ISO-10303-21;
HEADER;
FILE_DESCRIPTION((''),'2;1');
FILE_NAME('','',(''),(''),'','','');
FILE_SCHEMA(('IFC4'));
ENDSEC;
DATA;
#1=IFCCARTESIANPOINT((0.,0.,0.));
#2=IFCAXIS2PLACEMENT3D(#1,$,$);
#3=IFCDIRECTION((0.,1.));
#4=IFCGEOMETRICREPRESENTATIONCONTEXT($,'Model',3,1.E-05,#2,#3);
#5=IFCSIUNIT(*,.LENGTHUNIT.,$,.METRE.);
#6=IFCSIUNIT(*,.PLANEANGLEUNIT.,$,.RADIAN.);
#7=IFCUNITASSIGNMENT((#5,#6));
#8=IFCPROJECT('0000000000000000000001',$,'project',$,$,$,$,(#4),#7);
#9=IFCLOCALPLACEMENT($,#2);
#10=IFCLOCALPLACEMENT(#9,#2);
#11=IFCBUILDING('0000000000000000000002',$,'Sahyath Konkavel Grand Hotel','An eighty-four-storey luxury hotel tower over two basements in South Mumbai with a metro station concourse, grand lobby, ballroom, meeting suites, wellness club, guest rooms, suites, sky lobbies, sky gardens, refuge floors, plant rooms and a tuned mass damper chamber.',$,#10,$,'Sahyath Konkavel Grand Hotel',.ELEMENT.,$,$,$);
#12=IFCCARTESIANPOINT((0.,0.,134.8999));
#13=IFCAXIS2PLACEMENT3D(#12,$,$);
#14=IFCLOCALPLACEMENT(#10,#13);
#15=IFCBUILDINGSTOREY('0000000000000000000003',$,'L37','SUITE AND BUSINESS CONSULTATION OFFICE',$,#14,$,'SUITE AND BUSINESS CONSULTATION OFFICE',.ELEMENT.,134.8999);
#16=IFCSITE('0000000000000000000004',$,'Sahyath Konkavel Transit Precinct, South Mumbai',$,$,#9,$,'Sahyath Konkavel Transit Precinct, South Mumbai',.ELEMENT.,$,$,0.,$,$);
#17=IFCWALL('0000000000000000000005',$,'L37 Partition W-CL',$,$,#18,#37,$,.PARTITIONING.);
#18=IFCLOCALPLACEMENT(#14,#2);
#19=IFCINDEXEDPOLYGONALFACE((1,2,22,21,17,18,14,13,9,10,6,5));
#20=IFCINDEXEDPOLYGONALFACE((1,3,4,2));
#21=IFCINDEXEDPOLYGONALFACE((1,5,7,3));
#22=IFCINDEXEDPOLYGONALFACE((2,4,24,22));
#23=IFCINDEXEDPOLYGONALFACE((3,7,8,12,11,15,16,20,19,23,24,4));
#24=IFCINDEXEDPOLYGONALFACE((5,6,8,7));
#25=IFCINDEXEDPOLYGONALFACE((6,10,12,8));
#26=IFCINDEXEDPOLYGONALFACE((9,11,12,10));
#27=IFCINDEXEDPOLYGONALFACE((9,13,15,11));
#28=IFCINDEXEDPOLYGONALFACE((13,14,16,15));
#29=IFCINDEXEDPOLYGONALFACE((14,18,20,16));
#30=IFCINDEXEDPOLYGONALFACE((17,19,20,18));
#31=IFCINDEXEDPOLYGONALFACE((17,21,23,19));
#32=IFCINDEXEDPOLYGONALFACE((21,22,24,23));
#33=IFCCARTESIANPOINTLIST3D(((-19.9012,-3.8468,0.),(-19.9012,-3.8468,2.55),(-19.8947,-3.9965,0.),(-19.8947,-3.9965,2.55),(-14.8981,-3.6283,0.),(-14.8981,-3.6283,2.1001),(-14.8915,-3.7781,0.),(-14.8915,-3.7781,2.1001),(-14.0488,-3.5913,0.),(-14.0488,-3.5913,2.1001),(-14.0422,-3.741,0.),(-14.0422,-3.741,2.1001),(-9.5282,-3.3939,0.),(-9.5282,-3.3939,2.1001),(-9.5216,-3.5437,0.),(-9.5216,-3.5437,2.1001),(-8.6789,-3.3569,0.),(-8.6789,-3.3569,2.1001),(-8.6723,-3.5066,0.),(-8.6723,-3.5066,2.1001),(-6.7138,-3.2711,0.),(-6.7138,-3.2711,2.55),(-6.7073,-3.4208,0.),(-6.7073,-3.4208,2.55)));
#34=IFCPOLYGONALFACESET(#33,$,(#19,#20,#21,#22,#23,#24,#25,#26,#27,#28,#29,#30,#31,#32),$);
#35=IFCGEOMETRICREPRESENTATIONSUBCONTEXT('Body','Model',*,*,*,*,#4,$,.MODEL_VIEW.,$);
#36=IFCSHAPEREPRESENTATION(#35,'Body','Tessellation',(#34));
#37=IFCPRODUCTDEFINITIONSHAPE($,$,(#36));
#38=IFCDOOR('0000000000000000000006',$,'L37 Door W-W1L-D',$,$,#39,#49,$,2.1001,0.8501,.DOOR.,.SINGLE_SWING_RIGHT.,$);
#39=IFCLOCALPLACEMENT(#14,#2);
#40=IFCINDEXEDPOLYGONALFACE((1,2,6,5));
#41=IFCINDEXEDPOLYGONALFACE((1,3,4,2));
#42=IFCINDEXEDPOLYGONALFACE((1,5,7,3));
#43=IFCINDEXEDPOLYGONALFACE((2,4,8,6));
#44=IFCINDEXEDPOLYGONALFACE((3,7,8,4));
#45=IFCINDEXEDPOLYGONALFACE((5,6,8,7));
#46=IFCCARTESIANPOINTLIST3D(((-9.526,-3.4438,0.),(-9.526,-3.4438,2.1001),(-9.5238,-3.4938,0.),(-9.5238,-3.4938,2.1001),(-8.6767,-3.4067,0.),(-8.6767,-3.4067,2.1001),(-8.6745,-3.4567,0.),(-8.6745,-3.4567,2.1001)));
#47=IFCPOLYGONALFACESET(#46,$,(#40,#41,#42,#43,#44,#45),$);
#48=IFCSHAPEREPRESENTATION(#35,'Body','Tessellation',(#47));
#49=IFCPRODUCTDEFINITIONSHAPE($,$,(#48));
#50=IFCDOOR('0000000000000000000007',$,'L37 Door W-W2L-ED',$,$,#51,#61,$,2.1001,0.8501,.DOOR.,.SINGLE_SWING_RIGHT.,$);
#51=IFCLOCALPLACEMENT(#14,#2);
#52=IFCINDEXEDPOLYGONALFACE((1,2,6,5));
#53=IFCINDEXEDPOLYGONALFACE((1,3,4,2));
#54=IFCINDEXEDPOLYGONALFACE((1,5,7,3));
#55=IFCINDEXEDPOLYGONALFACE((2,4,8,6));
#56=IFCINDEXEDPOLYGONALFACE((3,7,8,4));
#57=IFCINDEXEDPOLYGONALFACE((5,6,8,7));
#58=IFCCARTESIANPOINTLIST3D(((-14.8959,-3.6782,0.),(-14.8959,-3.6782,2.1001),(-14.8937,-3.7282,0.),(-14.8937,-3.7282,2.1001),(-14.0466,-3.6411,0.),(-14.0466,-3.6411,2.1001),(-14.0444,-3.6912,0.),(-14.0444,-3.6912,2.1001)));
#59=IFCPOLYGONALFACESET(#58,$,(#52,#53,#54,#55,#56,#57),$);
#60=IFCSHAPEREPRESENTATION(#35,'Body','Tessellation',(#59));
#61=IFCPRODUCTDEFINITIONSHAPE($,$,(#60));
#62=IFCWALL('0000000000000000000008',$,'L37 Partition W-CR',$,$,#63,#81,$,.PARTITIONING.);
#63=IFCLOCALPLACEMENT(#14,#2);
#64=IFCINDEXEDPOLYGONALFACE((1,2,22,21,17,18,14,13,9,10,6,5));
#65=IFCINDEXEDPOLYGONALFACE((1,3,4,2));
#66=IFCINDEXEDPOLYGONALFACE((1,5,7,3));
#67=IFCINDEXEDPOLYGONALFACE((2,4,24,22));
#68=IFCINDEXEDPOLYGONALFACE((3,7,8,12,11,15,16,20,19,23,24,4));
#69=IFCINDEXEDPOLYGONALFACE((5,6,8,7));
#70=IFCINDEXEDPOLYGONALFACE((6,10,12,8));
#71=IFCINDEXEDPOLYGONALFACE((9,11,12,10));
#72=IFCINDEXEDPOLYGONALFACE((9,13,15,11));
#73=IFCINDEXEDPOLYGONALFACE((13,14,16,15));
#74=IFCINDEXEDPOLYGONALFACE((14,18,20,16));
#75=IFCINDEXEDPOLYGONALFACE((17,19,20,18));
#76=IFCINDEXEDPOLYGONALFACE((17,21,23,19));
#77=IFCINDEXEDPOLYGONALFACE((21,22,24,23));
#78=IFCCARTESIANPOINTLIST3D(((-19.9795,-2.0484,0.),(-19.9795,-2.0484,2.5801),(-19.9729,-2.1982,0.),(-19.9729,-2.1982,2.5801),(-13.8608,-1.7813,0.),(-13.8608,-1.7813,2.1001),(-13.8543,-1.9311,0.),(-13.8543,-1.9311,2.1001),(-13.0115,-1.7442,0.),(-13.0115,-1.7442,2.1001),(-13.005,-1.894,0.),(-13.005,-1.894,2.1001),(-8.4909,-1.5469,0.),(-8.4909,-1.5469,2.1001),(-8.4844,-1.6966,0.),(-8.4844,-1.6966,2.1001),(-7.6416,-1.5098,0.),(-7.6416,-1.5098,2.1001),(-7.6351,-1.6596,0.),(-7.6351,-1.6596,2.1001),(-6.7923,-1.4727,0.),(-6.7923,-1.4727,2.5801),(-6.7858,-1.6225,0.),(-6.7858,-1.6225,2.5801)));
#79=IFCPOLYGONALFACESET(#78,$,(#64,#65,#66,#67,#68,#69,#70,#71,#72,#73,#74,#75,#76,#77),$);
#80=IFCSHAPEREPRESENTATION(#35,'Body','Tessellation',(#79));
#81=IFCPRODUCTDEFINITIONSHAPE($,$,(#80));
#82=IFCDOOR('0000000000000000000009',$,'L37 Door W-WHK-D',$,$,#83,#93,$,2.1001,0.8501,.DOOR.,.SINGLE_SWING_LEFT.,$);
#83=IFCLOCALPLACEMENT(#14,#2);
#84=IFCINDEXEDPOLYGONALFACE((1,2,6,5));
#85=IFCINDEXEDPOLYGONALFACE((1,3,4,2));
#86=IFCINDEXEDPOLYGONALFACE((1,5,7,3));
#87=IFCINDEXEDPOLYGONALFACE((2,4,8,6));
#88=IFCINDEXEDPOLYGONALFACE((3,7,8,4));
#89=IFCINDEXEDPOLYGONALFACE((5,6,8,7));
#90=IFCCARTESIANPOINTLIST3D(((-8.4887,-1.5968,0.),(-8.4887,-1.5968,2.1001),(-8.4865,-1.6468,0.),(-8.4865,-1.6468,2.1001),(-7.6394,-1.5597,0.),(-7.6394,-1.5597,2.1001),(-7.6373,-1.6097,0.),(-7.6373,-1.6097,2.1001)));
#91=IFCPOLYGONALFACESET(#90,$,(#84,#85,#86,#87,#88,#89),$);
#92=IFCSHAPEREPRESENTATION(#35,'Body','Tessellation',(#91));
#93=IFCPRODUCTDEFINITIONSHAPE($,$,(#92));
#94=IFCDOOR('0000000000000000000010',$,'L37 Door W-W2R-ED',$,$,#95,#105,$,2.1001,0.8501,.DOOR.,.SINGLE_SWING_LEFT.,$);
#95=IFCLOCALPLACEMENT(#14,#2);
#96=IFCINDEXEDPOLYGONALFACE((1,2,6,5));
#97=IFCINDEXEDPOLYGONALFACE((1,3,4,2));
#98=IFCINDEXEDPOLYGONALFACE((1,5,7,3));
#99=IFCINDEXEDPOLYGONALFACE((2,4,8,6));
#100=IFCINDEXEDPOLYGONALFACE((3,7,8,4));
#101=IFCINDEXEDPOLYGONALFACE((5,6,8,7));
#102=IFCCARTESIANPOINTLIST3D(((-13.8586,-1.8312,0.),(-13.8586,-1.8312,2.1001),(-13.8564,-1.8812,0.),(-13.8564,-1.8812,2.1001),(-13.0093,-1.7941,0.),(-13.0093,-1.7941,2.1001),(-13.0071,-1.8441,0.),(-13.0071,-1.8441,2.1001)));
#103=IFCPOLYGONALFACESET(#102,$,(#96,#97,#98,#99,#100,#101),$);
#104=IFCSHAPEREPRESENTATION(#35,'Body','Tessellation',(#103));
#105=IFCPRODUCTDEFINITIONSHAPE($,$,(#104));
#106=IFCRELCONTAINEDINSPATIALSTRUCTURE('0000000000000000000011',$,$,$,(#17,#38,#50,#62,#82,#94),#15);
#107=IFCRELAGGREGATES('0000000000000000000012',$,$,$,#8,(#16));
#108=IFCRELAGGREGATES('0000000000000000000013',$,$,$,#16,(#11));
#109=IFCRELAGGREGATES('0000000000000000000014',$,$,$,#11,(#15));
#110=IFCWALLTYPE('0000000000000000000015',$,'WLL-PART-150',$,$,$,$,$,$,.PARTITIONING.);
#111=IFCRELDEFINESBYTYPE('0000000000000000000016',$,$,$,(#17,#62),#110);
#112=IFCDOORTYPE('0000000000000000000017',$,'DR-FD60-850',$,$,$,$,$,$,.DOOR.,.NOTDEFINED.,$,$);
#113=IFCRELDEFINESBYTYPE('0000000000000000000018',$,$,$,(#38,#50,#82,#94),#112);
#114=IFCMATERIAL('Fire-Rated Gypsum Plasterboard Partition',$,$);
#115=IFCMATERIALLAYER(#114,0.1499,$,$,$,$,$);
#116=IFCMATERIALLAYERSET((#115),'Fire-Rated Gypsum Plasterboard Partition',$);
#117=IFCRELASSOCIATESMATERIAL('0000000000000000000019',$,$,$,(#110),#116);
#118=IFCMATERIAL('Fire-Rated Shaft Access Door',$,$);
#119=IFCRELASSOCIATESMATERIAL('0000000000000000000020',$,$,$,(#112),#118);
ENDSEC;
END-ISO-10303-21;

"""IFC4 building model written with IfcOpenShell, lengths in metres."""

from ifc_helpers import new_model, si_unit, direction, frame, frame_2d, origin, origin_2d, place, context, subcontext, project, spatial, rectangle, extrude, source, transform, mapped, material, layer, layer_set, type_object, element, fill, save


model = new_model("IFC4")

# Units and contexts
model_context = context("Model", 3, precision=1e-05, world=origin(), true_north=direction((0.0, 1.0)))
body_context = subcontext(model_context, "Body", "Model", "MODEL_VIEW")
ifc_project = project(units=[si_unit("LENGTHUNIT", "METRE"), si_unit("PLANEANGLEUNIT", "RADIAN")], contexts=[model_context])

# Site, building, storey
site_placement = place(None, origin())
site = spatial("IfcSite", under=ifc_project, at=site_placement, Name="Sahyath Konkavel Transit Precinct, South Mumbai", LongName="Sahyath Konkavel Transit Precinct, South Mumbai", CompositionType="ELEMENT", RefElevation=0.0)
building_placement = place(site_placement, origin())
building = spatial("IfcBuilding", under=site, at=building_placement, Name="Sahyath Konkavel Grand Hotel", Description="An eighty-four-storey luxury hotel tower over two basements in South Mumbai with a metro station concourse, grand lobby, ballroom, meeting suites, wellness club, guest rooms, suites, sky lobbies, sky gardens, refuge floors, plant rooms and a tuned mass damper chamber.", LongName="Sahyath Konkavel Grand Hotel", CompositionType="ELEMENT")
storey_placement = place(building_placement, frame((0.0, 0.0, 134.8999)))
storey = spatial("IfcBuildingStorey", under=building, at=storey_placement, Name="L37", Description="SUITE AND BUSINESS CONSULTATION OFFICE", LongName="SUITE AND BUSINESS CONSULTATION OFFICE", CompositionType="ELEMENT", Elevation=134.8999)

# Shared definitions
ifc_material_1 = material(Name="Fire-Rated Gypsum Plasterboard Partition")
ifc_layer_1 = layer(ifc_material_1, 0.1499)
ifc_layer_set_1 = layer_set([ifc_layer_1], Name="Fire-Rated Gypsum Plasterboard Partition")
wall_type_1 = type_object("IfcWallType", Name="WLL-PART-150", PredefinedType="PARTITIONING", material=ifc_layer_set_1)

# Walls, openings, doors
wall_1_placement = place(storey_placement, frame((-6.7104, -3.3459, 0.0), z_axis=(0.0, 0.0, 1.0), x_axis=(-0.999049, -0.043612, 0.0)))
wall_1 = element("IfcWall", 1, at=wall_1_placement, inside=storey, type_object=wall_type_1, Name="L37 Partition W-CL", PredefinedType="PARTITIONING", context=body_context, shape_type="SweptSolid", body=[
    extrude(rectangle(XDim=13.2, YDim=0.1499, at=frame_2d((6.6001, 0.0))), origin(), (0.0, 0.0, 1.0), 2.55),
])
opening_1_placement = place(wall_1_placement, frame((1.967, 0.0, 0.0)))
opening_1 = element("IfcOpeningElement", 2, at=opening_1_placement, cuts=wall_1, PredefinedType="OPENING", context=body_context, shape_type="SweptSolid", body=[
    extrude(rectangle(XDim=0.8501, YDim=2.1001, at=frame_2d((0.425, 1.05))), frame((0.0, 0.085, 0.0), z_axis=(0.0, -1.0, 0.0), x_axis=(1.0, 0.0, 0.0)), (0.0, 0.0, 1.0), 0.1699),
])
opening_2_placement = place(wall_1_placement, frame((7.342, 0.0, 0.0)))
opening_2 = element("IfcOpeningElement", 3, at=opening_2_placement, cuts=wall_1, PredefinedType="OPENING", context=body_context, shape_type="SweptSolid", body=[
    extrude(rectangle(XDim=0.8501, YDim=2.1001, at=frame_2d((0.425, 1.05))), frame((0.0, 0.085, 0.0), z_axis=(0.0, -1.0, 0.0), x_axis=(1.0, 0.0, 0.0)), (0.0, 0.0, 1.0), 0.1699),
])
ifc_material_2 = material(Name="Fire-Rated Shaft Access Door")
door_type_1 = type_object("IfcDoorType", Name="DR-FD60-850", OperationType="NOTDEFINED", PredefinedType="DOOR", material=ifc_material_2)
shared_shape_1 = source(origin(), body_context, "Body", "SweptSolid", [
    extrude(rectangle(XDim=0.8501, YDim=0.05, at=origin_2d()), origin(), (0.0, 0.0, 1.0), 2.1001),
])
door_1_placement = place(opening_1_placement, frame((0.425, 0.0, 0.0)))
door_1 = element("IfcDoor", 4, at=door_1_placement, inside=storey, type_object=door_type_1, Name="L37 Door W-W1L-D", OperationType="SINGLE_SWING_RIGHT", OverallHeight=2.1001, OverallWidth=0.8501, PredefinedType="DOOR", context=body_context, shape_type="MappedRepresentation", body=[
    mapped(shared_shape_1, transform((0.0, 0.0, 0.0), scale=1.0)),
])
fill(opening_1, door_1)
door_2_placement = place(opening_2_placement, frame((0.425, 0.0, 0.0)))
door_2 = element("IfcDoor", 5, at=door_2_placement, inside=storey, type_object=door_type_1, Name="L37 Door W-W2L-ED", OperationType="SINGLE_SWING_RIGHT", OverallHeight=2.1001, OverallWidth=0.8501, PredefinedType="DOOR", context=body_context, shape_type="MappedRepresentation", body=[
    mapped(shared_shape_1, transform((0.0, 0.0, 0.0), scale=1.0)),
])
fill(opening_2, door_2)
wall_2_placement = place(storey_placement, frame((-6.7891, -1.5476, 0.0), z_axis=(0.0, 0.0, 1.0), x_axis=(-0.999049, -0.043613, 0.0)))
wall_2 = element("IfcWall", 6, at=wall_2_placement, inside=storey, type_object=wall_type_1, Name="L37 Partition W-CR", PredefinedType="PARTITIONING", context=body_context, shape_type="SweptSolid", body=[
    extrude(rectangle(XDim=13.1997, YDim=0.1499, at=frame_2d((6.5999, 0.0))), origin(), (0.0, 0.0, 1.0), 2.5801),
])
opening_3_placement = place(wall_2_placement, frame((0.8501, 0.0, 0.0)))
opening_3 = element("IfcOpeningElement", 7, at=opening_3_placement, cuts=wall_2, PredefinedType="OPENING", context=body_context, shape_type="SweptSolid", body=[
    extrude(rectangle(XDim=0.8501, YDim=2.1001, at=frame_2d((0.425, 1.05))), frame((0.0, 0.085, 0.0), z_axis=(0.0, -1.0, 0.0), x_axis=(1.0, 0.0, 0.0)), (0.0, 0.0, 1.0), 0.1699),
])
opening_4_placement = place(wall_2_placement, frame((6.2251, 0.0, 0.0)))
opening_4 = element("IfcOpeningElement", 8, at=opening_4_placement, cuts=wall_2, PredefinedType="OPENING", context=body_context, shape_type="SweptSolid", body=[
    extrude(rectangle(XDim=0.8501, YDim=2.1001, at=frame_2d((0.425, 1.05))), frame((0.0, 0.085, 0.0), z_axis=(0.0, -1.0, 0.0), x_axis=(1.0, 0.0, 0.0)), (0.0, 0.0, 1.0), 0.1699),
])
door_3_placement = place(opening_3_placement, frame((0.425, 0.0, 0.0)))
door_3 = element("IfcDoor", 9, at=door_3_placement, inside=storey, type_object=door_type_1, Name="L37 Door W-WHK-D", OperationType="SINGLE_SWING_LEFT", OverallHeight=2.1001, OverallWidth=0.8501, PredefinedType="DOOR", context=body_context, shape_type="MappedRepresentation", body=[
    mapped(shared_shape_1, transform((0.0, 0.0, 0.0), scale=1.0)),
])
fill(opening_3, door_3)
door_4_placement = place(opening_4_placement, frame((0.425, 0.0, 0.0)))
door_4 = element("IfcDoor", 10, at=door_4_placement, inside=storey, type_object=door_type_1, Name="L37 Door W-W2R-ED", OperationType="SINGLE_SWING_LEFT", OverallHeight=2.1001, OverallWidth=0.8501, PredefinedType="DOOR", context=body_context, shape_type="MappedRepresentation", body=[
    mapped(shared_shape_1, transform((0.0, 0.0, 0.0), scale=1.0)),
])
fill(opening_4, door_4)

save(model, "model.ifc")
